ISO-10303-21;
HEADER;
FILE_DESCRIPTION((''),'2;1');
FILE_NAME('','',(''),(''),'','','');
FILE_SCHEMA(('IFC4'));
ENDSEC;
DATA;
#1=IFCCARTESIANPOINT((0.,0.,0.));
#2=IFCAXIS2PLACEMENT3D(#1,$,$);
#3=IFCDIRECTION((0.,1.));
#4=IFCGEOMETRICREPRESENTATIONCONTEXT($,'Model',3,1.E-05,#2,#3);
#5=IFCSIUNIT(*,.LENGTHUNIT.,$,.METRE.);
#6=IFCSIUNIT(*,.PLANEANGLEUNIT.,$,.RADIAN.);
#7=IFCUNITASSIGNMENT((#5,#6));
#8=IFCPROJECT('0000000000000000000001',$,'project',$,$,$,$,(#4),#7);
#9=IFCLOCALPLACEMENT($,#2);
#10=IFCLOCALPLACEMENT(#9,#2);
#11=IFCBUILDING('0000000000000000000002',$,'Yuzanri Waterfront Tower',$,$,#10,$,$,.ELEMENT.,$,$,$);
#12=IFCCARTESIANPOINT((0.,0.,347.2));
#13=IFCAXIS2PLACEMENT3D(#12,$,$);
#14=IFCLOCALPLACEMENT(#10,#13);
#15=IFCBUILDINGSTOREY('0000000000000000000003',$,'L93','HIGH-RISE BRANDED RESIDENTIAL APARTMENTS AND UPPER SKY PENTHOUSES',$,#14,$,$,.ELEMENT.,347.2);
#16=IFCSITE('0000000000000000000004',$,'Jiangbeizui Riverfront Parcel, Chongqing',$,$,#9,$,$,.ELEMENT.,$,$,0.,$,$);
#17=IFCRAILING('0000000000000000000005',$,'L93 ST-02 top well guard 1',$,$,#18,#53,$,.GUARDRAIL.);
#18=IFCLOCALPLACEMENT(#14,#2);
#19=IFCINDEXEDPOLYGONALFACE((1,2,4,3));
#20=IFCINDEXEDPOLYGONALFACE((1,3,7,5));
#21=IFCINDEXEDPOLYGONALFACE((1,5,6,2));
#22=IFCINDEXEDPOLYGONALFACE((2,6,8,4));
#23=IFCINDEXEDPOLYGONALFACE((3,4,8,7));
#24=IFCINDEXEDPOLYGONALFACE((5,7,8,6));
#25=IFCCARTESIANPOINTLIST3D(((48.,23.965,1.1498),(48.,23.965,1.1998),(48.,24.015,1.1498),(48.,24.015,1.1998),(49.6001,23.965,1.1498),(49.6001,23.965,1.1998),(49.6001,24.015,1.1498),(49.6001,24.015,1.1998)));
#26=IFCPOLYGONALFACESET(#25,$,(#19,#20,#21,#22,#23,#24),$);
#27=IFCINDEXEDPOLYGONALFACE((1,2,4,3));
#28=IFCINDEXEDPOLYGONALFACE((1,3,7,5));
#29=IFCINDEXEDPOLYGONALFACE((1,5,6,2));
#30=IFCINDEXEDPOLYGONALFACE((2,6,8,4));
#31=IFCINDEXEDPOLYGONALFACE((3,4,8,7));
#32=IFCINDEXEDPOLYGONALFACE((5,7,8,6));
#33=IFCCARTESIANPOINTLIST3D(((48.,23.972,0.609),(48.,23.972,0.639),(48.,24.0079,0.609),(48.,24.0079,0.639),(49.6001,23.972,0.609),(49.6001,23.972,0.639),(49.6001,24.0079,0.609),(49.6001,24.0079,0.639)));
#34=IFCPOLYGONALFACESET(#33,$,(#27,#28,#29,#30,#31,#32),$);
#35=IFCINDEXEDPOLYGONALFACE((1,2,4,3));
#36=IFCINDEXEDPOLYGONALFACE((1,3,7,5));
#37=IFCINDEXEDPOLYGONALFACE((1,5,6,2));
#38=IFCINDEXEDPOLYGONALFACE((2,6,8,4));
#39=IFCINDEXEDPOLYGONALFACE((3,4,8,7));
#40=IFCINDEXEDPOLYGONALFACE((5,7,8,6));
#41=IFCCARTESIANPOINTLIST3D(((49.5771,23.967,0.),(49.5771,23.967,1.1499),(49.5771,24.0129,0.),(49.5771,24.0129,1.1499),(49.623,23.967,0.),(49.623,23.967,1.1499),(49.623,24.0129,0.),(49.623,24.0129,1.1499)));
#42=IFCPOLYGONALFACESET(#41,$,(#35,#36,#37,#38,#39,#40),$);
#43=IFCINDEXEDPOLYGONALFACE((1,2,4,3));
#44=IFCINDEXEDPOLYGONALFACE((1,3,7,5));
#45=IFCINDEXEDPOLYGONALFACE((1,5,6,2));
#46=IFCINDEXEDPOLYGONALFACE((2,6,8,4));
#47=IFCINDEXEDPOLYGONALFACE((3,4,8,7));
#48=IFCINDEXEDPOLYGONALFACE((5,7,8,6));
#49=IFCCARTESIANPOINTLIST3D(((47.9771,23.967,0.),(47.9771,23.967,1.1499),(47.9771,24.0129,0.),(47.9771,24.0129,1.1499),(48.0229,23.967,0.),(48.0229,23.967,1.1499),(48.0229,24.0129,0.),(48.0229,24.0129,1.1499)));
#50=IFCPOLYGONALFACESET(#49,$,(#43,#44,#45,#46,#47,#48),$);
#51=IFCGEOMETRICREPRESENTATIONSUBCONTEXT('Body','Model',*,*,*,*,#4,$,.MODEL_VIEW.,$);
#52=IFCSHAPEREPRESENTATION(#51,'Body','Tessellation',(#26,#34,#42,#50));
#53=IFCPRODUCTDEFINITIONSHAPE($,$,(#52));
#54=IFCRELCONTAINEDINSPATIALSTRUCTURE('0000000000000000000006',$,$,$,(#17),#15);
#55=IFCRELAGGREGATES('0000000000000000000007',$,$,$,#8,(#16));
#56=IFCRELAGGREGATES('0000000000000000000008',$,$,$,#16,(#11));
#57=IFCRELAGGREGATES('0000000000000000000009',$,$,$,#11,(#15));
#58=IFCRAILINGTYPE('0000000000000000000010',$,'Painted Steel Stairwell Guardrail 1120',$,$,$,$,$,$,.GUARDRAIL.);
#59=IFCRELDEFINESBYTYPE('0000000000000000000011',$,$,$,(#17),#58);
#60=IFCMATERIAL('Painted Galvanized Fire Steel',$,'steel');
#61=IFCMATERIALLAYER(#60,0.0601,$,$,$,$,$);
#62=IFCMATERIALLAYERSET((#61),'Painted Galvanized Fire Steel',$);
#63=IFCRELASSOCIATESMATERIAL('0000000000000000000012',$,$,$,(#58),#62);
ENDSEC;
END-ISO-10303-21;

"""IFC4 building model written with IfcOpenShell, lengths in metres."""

from ifc_helpers import new_model, si_unit, direction, frame, origin, origin_2d, place, context, subcontext, project, spatial, rectangle, extrude, source, transform, mapped, material, layer, layer_set, type_object, element, save


model = new_model("IFC4")

# Units and contexts
model_context = context("Model", 3, precision=1e-05, world=origin(), true_north=direction((0.0, 1.0)))
body_context = subcontext(model_context, "Body", "Model", "MODEL_VIEW")
ifc_project = project(units=[si_unit("LENGTHUNIT", "METRE"), si_unit("PLANEANGLEUNIT", "RADIAN")], contexts=[model_context])

# Site, building, storey
site_placement = place(None, origin())
site = spatial("IfcSite", under=ifc_project, at=site_placement, Name="Jiangbeizui Riverfront Parcel, Chongqing", CompositionType="ELEMENT", RefElevation=0.0)
building_placement = place(site_placement, origin())
building = spatial("IfcBuilding", under=site, at=building_placement, Name="Yuzanri Waterfront Tower", CompositionType="ELEMENT")
storey_placement = place(building_placement, frame((0.0, 0.0, 347.2)))
storey = spatial("IfcBuildingStorey", under=building, at=storey_placement, Name="L93", Description="HIGH-RISE BRANDED RESIDENTIAL APARTMENTS AND UPPER SKY PENTHOUSES", CompositionType="ELEMENT", Elevation=347.2)

# Railing
ifc_material_1 = material(Name="Painted Galvanized Fire Steel", Category="steel")
ifc_layer_1 = layer(ifc_material_1, 0.0601)
ifc_layer_set_1 = layer_set([ifc_layer_1], Name="Painted Galvanized Fire Steel")
railing_type = type_object("IfcRailingType", Name="Painted Steel Stairwell Guardrail 1120", PredefinedType="GUARDRAIL", material=ifc_layer_set_1)
shared_shape_1 = source(origin(), body_context, "Body", "SweptSolid", [
    extrude(rectangle(XDim=0.05, YDim=0.05, at=origin_2d()), frame((0.0, 0.0, 1.1748), z_axis=(-1.0, 0.0, 0.0), x_axis=(0.0, -1.0, 0.0)), (0.0, 0.0, 1.0), 1.6001),
    extrude(rectangle(XDim=0.0359, YDim=0.03, at=origin_2d()), frame((0.0, 0.0, 0.624), z_axis=(-1.0, 0.0, 0.0), x_axis=(0.0, -1.0, 0.0)), (0.0, 0.0, 1.0), 1.6001),
    extrude(rectangle(XDim=0.0459, YDim=0.0459, at=origin_2d()), origin(), (0.0, 0.0, 1.0), 1.1499),
    extrude(rectangle(XDim=0.0459, YDim=0.0459, at=origin_2d()), frame((-1.6001, 0.0, 0.0)), (0.0, 0.0, 1.0), 1.1499),
])
railing_placement = place(storey_placement, frame((49.6001, 23.99, 0.0)))
element("IfcRailing", 1, at=railing_placement, inside=storey, type_object=railing_type, Name="L93 ST-02 top well guard 1", PredefinedType="GUARDRAIL", context=body_context, shape_type="MappedRepresentation", body=[
    mapped(shared_shape_1, transform((0.0, 0.0, 0.0), scale=1.0)),
])

save(model, "model.ifc")
